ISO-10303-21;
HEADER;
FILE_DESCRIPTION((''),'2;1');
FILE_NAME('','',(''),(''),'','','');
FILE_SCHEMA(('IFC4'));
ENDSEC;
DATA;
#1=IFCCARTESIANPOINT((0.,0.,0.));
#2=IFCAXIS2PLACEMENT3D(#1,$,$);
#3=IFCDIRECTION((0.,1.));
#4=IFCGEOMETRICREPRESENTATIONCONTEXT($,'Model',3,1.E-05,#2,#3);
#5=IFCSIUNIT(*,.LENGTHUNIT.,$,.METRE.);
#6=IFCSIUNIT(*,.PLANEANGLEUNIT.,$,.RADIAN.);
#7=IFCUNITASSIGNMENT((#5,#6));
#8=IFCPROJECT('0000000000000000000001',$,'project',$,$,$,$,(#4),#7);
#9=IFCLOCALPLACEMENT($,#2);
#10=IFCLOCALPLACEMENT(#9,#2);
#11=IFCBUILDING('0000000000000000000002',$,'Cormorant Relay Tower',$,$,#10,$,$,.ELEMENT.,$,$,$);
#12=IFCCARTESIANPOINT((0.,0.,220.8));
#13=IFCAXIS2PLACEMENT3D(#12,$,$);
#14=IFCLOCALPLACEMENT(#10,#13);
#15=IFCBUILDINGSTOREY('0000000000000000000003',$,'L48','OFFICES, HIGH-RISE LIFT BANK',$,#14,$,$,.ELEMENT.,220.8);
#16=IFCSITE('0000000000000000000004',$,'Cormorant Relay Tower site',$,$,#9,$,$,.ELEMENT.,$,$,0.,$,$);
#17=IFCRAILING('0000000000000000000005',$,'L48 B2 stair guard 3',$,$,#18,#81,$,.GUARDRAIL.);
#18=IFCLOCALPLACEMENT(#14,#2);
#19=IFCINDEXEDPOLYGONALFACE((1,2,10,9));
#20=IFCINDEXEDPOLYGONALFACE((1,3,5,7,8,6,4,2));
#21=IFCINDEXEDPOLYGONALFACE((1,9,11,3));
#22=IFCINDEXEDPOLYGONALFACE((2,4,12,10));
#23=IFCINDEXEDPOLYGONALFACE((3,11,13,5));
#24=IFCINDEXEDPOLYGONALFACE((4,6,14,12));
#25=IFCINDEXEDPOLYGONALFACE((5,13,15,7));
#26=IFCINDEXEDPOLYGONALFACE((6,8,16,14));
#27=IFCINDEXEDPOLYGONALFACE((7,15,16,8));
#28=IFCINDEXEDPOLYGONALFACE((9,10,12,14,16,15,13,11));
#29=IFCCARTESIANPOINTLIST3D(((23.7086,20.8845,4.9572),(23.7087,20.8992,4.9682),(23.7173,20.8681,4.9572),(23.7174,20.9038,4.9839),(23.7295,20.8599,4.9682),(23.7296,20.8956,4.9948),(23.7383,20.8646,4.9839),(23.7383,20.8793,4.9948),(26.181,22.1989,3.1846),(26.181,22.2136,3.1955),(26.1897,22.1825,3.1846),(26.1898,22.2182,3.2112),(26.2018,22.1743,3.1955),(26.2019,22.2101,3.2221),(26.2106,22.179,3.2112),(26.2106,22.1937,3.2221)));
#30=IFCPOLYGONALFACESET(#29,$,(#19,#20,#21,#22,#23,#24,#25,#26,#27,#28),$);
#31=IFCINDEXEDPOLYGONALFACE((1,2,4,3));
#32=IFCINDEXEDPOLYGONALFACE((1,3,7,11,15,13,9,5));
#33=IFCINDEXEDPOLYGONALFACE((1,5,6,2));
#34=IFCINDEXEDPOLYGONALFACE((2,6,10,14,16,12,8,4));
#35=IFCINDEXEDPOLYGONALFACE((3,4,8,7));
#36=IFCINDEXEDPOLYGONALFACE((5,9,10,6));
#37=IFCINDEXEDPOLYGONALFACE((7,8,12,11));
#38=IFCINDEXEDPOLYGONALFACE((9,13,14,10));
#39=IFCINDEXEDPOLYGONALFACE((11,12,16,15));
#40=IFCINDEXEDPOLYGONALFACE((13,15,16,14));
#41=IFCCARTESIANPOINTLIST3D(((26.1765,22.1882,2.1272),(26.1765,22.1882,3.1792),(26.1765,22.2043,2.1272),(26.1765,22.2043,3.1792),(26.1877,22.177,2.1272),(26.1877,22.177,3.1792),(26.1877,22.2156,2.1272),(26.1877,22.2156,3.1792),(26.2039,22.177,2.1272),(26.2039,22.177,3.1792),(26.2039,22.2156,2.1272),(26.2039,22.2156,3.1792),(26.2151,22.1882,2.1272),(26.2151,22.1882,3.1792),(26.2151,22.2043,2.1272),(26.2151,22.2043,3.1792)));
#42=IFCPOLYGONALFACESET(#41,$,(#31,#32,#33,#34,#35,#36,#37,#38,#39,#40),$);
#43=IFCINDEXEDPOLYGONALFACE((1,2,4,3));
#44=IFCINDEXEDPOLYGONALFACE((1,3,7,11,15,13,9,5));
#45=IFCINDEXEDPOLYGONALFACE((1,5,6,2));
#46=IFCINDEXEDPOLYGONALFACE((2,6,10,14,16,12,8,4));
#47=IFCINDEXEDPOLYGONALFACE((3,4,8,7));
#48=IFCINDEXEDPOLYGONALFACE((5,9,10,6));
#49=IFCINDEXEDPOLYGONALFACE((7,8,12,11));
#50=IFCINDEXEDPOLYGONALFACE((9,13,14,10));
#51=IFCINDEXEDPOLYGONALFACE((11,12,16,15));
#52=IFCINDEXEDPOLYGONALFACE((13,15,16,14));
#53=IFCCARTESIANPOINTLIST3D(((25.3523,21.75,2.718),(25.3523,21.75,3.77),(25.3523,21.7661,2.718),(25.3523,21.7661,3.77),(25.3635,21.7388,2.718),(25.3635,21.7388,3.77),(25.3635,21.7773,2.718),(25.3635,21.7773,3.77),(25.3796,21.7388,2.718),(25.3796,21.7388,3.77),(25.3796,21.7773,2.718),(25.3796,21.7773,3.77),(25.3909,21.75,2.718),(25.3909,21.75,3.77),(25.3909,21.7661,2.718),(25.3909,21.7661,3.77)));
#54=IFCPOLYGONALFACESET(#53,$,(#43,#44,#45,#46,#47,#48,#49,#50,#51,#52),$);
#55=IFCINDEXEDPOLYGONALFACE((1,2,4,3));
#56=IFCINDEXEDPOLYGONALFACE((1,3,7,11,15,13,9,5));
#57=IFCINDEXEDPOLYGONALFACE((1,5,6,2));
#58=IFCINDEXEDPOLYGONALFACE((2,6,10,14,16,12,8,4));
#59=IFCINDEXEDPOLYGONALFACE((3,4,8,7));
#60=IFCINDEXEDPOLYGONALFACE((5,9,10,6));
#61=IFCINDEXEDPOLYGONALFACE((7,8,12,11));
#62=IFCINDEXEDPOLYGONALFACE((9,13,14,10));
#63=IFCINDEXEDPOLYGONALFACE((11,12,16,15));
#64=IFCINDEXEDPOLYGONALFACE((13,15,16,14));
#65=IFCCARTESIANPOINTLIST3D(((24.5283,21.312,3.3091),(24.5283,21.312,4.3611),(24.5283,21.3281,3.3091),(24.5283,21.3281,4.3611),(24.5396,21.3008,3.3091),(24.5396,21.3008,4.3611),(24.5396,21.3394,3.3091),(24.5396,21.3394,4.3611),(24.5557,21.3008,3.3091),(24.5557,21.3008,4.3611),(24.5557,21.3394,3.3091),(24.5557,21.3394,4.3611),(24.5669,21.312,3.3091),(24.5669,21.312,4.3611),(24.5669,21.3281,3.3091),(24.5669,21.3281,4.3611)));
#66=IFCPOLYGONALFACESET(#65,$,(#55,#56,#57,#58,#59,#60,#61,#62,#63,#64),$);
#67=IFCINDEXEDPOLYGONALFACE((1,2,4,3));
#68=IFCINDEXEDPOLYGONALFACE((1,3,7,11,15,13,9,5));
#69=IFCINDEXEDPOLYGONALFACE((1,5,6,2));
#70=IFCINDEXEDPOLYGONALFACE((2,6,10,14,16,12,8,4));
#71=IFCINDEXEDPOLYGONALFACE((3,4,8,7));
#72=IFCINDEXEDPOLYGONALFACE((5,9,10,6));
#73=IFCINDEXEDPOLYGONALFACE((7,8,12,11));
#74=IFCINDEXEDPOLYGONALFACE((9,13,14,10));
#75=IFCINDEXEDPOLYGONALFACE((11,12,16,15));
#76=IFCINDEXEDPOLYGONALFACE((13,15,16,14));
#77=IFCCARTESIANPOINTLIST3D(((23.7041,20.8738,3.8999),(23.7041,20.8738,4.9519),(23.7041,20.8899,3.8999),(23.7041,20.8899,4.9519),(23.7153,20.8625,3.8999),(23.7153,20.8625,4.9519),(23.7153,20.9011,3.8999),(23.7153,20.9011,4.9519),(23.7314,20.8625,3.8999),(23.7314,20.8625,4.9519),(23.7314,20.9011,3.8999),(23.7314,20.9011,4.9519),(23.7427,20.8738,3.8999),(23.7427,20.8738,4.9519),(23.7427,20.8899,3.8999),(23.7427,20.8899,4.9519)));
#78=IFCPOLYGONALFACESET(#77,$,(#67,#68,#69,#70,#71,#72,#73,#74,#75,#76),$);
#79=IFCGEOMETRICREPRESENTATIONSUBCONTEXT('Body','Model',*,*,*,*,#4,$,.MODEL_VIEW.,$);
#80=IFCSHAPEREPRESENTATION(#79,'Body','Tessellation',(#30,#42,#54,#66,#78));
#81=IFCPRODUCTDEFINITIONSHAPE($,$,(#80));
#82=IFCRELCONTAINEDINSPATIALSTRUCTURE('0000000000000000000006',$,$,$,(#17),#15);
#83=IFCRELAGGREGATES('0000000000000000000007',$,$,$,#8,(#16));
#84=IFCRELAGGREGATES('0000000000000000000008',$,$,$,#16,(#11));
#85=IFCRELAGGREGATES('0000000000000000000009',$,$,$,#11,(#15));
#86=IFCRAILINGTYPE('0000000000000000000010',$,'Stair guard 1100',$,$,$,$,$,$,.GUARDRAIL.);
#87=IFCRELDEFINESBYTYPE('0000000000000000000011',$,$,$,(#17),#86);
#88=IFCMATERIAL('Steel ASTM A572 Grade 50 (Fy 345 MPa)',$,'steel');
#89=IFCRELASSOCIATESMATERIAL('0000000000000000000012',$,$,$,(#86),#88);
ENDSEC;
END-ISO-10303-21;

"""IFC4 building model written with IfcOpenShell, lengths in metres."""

from ifc_helpers import new_model, si_unit, direction, frame, origin, place, context, subcontext, project, spatial, polyline, outline, extrude, material, type_object, element, save


model = new_model("IFC4")

# Units and contexts
model_context = context("Model", 3, precision=1e-05, world=origin(), true_north=direction((0.0, 1.0)))
body_context = subcontext(model_context, "Body", "Model", "MODEL_VIEW")
ifc_project = project(units=[si_unit("LENGTHUNIT", "METRE"), si_unit("PLANEANGLEUNIT", "RADIAN")], contexts=[model_context])

# Site, building, storey
site_placement = place(None, origin())
site = spatial("IfcSite", under=ifc_project, at=site_placement, Name="Cormorant Relay Tower site", CompositionType="ELEMENT", RefElevation=0.0)
building_placement = place(site_placement, origin())
building = spatial("IfcBuilding", under=site, at=building_placement, Name="Cormorant Relay Tower", CompositionType="ELEMENT")
storey_placement = place(building_placement, frame((0.0, 0.0, 220.8)))
storey = spatial("IfcBuildingStorey", under=building, at=storey_placement, Name="L48", Description="OFFICES, HIGH-RISE LIFT BANK", CompositionType="ELEMENT", Elevation=220.8)

# Railing
ifc_material_1 = material(Name="Steel ASTM A572 Grade 50 (Fy 345 MPa)", Category="steel")
railing_type = type_object("IfcRailingType", Name="Stair guard 1100", PredefinedType="GUARDRAIL", material=ifc_material_1)
railing_1_placement = place(storey_placement, frame((26.1958, 22.1963, 2.1272)))
element("IfcRailing", 1, at=railing_1_placement, inside=storey, type_object=railing_type, Name="L48 B2 stair guard 3", PredefinedType="GUARDRAIL", context=body_context, shape_type="SweptSolid", body=[
    extrude(outline(polyline([(0.0222, 0.0093), (0.0093, 0.0222), (-0.0093, 0.0222), (-0.0222, 0.0093), (-0.0222, -0.0093), (-0.0093, -0.0222), (0.0093, -0.0222), (0.0222, -0.0093), (0.0222, 0.0093)])), frame((0.0, 0.0, 1.0762), z_axis=(-0.746034, -0.396627, 0.534902), x_axis=(0.469429, -0.88297, 0.0)), (0.0, 0.0, 1.0), 3.314),
    extrude(outline(polyline([(0.0193, 0.0081), (0.0081, 0.0193), (-0.0081, 0.0193), (-0.0193, 0.0081), (-0.0193, -0.0081), (-0.0081, -0.0193), (0.0081, -0.0193), (0.0193, -0.0081), (0.0193, 0.0081)])), origin(), (0.0, 0.0, 1.0), 1.052),
    extrude(outline(polyline([(0.0193, 0.0081), (0.0081, 0.0193), (-0.0081, 0.0193), (-0.0193, 0.0081), (-0.0193, -0.0081), (-0.0081, -0.0193), (0.0081, -0.0193), (0.0193, -0.0081), (0.0193, 0.0081)])), frame((-0.8242, -0.4382, 0.5908)), (0.0, 0.0, 1.0), 1.052),
    extrude(outline(polyline([(0.0193, 0.0081), (0.0081, 0.0193), (-0.0081, 0.0193), (-0.0193, 0.0081), (-0.0193, -0.0081), (-0.0081, -0.0193), (0.0081, -0.0193), (0.0193, -0.0081), (0.0193, 0.0081)])), frame((-1.6482, -0.8762, 1.1819)), (0.0, 0.0, 1.0), 1.052),
    extrude(outline(polyline([(0.0193, 0.0081), (0.0081, 0.0193), (-0.0081, 0.0193), (-0.0193, 0.0081), (-0.0193, -0.0081), (-0.0081, -0.0193), (0.0081, -0.0193), (0.0193, -0.0081), (0.0193, 0.0081)])), frame((-2.4724, -1.3145, 1.7727)), (0.0, 0.0, 1.0), 1.052),
])

save(model, "model.ifc")
